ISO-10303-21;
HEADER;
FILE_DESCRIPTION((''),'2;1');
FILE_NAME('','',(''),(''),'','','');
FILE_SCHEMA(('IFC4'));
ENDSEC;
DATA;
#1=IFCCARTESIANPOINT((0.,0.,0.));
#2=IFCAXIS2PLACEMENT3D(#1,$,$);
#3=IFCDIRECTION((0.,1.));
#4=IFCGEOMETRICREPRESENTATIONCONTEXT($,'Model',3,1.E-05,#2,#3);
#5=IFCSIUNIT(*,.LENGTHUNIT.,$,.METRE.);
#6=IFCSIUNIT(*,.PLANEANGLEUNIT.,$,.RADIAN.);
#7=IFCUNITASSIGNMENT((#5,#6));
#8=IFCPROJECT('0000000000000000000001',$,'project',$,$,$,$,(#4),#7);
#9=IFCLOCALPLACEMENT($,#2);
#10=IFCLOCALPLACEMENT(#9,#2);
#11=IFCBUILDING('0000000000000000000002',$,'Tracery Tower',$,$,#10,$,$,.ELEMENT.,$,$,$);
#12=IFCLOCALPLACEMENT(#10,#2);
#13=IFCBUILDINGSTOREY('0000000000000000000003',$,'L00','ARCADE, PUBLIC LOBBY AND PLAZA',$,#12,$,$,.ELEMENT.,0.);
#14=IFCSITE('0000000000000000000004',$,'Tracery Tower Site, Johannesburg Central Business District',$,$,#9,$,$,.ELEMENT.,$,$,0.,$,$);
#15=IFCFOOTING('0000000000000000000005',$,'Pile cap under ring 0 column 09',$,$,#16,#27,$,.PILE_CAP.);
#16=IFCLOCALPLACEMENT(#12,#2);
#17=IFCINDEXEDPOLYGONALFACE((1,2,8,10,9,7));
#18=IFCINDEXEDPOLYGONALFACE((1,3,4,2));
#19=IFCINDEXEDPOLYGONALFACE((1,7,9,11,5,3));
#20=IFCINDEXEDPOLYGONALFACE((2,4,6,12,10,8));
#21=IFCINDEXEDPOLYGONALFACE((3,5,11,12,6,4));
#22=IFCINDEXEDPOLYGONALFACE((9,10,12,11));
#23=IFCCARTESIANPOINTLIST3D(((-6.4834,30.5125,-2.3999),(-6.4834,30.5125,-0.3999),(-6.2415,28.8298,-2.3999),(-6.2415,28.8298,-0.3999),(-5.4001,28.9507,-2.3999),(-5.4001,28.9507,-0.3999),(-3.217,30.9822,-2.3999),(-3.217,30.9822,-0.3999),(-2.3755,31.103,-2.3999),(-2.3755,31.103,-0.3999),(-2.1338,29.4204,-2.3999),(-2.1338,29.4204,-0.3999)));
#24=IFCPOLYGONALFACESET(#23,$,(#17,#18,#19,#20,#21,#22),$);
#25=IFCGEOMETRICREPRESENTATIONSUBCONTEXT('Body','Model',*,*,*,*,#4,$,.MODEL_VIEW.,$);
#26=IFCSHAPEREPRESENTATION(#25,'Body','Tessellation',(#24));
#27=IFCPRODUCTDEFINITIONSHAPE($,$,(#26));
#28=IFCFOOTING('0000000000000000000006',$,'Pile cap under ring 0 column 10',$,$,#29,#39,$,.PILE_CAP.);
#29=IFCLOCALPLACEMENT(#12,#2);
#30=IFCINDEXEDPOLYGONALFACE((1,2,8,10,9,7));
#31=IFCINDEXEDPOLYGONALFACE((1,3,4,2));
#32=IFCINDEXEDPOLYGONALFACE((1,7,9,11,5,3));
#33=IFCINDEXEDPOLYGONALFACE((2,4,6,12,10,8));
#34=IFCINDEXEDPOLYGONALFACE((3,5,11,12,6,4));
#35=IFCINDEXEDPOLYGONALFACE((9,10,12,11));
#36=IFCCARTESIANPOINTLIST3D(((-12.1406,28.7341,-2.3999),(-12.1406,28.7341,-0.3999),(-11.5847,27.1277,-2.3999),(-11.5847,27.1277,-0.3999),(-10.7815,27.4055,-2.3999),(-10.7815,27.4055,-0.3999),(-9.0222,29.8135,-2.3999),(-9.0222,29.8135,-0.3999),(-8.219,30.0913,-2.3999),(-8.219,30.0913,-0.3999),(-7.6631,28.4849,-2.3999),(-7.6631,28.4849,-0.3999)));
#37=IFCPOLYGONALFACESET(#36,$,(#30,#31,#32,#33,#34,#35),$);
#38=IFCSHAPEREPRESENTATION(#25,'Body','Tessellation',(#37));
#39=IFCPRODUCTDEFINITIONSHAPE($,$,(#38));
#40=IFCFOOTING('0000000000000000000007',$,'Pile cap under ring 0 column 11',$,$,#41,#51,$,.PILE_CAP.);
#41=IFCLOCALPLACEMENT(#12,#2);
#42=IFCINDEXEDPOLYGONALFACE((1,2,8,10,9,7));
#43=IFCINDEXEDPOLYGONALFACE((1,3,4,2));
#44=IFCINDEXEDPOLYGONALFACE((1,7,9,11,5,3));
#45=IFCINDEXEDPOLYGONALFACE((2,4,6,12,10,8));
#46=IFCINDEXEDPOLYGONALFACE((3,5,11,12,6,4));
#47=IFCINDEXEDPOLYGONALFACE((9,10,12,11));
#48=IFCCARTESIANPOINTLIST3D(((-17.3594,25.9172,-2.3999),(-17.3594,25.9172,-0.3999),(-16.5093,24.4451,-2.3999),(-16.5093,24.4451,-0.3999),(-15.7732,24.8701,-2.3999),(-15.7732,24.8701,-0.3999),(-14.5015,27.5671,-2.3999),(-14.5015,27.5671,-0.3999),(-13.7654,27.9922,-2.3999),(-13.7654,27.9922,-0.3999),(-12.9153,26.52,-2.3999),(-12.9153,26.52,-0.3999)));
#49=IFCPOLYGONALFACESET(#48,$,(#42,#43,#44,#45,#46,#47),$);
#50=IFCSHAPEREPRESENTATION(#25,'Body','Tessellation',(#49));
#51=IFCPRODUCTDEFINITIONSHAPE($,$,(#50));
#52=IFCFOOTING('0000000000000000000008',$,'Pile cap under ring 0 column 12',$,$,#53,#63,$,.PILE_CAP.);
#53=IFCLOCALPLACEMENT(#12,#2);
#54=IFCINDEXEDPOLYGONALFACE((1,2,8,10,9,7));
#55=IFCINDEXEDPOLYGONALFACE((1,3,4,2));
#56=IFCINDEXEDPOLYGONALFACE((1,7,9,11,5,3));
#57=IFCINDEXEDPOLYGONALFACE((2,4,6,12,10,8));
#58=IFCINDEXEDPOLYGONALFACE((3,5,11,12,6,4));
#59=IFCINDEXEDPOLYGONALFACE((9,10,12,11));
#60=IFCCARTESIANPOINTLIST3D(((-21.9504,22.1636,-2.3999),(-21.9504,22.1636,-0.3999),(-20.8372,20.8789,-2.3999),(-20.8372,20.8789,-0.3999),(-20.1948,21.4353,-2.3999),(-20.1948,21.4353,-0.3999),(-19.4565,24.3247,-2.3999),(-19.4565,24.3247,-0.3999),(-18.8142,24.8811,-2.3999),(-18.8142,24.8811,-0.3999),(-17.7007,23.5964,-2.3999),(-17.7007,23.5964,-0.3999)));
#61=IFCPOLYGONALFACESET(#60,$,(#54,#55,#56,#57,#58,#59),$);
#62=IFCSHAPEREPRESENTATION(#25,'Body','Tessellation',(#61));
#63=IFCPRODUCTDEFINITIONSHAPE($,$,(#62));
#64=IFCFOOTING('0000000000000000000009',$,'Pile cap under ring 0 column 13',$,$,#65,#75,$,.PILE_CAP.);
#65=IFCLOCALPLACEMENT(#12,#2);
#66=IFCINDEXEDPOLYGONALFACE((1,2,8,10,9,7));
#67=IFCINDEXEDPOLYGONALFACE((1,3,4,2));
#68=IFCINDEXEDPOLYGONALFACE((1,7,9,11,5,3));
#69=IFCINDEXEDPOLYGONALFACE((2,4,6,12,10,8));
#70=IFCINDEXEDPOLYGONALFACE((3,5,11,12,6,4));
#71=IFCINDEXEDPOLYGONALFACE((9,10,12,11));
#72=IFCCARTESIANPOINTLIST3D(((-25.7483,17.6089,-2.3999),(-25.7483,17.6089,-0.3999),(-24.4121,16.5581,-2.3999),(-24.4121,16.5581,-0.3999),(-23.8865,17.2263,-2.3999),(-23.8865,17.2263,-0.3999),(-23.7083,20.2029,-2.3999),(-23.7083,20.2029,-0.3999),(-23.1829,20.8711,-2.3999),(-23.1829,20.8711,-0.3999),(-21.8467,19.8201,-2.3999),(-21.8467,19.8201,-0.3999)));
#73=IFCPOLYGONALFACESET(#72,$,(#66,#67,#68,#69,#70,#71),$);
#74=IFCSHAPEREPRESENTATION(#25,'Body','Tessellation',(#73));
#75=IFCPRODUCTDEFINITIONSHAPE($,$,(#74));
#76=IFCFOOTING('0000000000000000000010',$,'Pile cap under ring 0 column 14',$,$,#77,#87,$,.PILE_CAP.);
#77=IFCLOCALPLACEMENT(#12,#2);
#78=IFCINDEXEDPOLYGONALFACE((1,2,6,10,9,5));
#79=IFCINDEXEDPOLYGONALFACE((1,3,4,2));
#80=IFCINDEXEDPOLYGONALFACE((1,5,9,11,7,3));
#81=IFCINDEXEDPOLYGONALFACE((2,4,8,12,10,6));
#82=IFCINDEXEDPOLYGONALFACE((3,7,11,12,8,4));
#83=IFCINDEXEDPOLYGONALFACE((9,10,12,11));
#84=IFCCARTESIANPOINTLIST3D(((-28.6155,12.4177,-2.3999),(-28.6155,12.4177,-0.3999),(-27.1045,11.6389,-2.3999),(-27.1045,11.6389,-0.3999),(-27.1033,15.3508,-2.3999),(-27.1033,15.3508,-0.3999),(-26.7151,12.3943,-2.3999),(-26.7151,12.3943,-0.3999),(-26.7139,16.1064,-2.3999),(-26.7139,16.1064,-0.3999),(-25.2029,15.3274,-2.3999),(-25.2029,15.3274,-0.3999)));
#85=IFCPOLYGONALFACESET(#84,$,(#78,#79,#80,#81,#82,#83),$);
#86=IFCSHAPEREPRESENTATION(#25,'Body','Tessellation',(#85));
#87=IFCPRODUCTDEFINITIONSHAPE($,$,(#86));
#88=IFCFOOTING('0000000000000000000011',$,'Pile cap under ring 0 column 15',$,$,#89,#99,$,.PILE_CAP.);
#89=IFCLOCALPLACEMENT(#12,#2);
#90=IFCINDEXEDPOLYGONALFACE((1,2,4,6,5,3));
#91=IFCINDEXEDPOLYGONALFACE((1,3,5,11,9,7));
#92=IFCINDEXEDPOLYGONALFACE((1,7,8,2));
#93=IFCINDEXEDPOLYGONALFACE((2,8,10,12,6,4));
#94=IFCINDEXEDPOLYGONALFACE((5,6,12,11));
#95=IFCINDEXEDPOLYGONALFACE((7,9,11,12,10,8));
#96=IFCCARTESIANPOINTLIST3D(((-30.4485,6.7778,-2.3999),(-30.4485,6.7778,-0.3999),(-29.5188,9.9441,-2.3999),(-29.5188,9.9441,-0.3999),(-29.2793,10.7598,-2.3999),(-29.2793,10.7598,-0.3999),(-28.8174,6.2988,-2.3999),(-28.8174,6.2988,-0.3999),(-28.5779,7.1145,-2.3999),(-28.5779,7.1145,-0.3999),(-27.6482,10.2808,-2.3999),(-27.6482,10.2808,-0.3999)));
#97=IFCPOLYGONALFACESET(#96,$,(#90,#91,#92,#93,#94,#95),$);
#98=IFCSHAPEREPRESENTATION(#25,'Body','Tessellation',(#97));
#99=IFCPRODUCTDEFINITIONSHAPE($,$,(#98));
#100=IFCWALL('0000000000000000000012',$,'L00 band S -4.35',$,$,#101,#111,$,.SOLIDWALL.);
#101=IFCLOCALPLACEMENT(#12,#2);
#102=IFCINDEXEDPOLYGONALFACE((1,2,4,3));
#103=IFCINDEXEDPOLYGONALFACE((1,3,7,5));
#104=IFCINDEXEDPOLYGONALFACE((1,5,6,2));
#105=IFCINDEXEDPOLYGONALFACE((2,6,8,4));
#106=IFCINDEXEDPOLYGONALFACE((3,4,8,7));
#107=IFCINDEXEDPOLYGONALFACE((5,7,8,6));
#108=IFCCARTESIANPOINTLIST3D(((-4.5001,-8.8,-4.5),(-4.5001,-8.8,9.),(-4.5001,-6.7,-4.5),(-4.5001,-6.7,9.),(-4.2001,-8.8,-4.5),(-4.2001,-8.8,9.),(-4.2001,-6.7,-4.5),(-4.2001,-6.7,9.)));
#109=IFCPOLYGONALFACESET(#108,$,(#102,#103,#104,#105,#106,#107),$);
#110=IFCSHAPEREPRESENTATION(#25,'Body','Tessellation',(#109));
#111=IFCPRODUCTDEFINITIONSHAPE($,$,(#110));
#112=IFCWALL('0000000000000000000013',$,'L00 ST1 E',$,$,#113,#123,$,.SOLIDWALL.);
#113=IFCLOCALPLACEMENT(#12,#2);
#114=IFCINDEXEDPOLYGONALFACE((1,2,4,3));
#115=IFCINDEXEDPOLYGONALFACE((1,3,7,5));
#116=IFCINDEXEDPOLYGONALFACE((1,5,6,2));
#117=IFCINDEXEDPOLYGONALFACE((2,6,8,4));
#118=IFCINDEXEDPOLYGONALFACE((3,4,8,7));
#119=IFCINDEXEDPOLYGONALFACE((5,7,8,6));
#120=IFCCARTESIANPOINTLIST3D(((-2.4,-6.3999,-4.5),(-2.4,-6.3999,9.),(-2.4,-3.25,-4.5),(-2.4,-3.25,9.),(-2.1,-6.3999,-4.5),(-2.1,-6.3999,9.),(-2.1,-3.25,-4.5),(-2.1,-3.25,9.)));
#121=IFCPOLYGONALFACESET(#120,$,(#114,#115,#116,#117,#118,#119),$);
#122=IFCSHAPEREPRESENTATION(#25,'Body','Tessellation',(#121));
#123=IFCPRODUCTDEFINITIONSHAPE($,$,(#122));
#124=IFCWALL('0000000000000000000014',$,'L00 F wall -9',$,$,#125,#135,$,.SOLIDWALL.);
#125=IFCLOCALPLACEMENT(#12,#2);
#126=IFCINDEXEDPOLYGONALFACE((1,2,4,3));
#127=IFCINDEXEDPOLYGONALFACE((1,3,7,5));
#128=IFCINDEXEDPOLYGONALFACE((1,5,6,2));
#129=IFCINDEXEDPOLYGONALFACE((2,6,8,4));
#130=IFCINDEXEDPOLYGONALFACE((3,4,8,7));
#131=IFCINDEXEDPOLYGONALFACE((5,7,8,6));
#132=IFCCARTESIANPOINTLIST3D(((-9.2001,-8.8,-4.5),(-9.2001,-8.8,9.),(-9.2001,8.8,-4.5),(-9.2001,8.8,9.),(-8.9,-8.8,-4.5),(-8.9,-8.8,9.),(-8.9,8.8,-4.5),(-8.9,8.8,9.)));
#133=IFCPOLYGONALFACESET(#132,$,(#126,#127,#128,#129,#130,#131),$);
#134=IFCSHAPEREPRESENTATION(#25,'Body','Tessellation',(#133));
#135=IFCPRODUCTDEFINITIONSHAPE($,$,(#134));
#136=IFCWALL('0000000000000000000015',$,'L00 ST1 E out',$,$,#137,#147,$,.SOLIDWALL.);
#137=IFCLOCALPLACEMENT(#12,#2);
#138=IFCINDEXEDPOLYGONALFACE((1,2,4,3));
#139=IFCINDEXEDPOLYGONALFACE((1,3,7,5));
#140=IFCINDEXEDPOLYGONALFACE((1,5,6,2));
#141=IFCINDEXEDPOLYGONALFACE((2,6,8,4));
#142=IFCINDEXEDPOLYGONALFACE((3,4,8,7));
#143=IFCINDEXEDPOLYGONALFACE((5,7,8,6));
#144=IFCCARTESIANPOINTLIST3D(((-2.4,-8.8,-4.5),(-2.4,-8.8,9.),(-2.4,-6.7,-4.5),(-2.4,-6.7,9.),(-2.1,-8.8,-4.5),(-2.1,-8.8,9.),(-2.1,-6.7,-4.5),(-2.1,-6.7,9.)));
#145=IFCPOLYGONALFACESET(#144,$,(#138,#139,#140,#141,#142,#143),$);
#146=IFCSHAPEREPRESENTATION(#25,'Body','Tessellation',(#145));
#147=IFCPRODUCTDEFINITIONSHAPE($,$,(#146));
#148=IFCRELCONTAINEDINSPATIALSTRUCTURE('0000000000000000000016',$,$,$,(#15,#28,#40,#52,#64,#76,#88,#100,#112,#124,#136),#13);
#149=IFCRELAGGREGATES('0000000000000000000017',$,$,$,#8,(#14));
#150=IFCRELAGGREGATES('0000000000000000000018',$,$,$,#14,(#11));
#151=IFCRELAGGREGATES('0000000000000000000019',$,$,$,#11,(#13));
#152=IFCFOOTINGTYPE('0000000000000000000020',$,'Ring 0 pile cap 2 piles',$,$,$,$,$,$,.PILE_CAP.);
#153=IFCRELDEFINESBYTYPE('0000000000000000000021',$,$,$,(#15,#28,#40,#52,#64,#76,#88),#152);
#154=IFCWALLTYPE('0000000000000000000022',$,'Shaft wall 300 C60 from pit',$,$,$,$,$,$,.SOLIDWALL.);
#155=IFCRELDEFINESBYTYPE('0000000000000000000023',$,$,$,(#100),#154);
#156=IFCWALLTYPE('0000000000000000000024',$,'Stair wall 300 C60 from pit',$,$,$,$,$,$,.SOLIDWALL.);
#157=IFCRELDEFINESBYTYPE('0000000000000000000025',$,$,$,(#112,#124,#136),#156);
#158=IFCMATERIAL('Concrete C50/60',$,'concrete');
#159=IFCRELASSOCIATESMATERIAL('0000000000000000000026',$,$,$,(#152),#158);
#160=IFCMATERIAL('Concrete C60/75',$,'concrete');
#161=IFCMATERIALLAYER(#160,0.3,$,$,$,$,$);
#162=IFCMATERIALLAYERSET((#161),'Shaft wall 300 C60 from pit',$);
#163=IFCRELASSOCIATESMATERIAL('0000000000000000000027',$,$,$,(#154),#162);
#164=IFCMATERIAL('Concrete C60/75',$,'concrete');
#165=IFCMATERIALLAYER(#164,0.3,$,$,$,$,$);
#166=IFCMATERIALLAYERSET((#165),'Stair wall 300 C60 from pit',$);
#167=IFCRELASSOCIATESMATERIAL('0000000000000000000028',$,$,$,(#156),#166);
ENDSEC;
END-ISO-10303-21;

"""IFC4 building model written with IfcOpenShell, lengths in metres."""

from ifc_helpers import new_model, si_unit, direction, frame, frame_2d, origin, place, context, subcontext, project, spatial, polyline, rectangle, outline, extrude, material, layer, layer_set, type_object, element, save


model = new_model("IFC4")

# Units and contexts
model_context = context("Model", 3, precision=1e-05, world=origin(), true_north=direction((0.0, 1.0)))
body_context = subcontext(model_context, "Body", "Model", "MODEL_VIEW")
ifc_project = project(units=[si_unit("LENGTHUNIT", "METRE"), si_unit("PLANEANGLEUNIT", "RADIAN")], contexts=[model_context])

# Site, building, storey
site_placement = place(None, origin())
site = spatial("IfcSite", under=ifc_project, at=site_placement, Name="Tracery Tower Site, Johannesburg Central Business District", CompositionType="ELEMENT", RefElevation=0.0)
building_placement = place(site_placement, origin())
building = spatial("IfcBuilding", under=site, at=building_placement, Name="Tracery Tower", CompositionType="ELEMENT")
storey_placement = place(building_placement, origin())
storey = spatial("IfcBuildingStorey", under=building, at=storey_placement, Name="L00", Description="ARCADE, PUBLIC LOBBY AND PLAZA", CompositionType="ELEMENT", Elevation=0.0)

# Footings
ifc_material_1 = material(Name="Concrete C50/60", Category="concrete")
footing_type = type_object("IfcFootingType", Name="Ring 0 pile cap 2 piles", PredefinedType="PILE_CAP", material=ifc_material_1)
footing_1_placement = place(storey_placement, frame((0.0, 0.0, -2.3999)))
element("IfcFooting", 1, at=footing_1_placement, inside=storey, type_object=footing_type, Name="Pile cap under ring 0 column 09", PredefinedType="PILE_CAP", context=body_context, shape_type="SweptSolid", body=[
    extrude(outline(polyline([(-2.1338, 29.4204), (-2.3755, 31.103), (-3.217, 30.9822), (-6.4834, 30.5125), (-6.2415, 28.8298), (-5.4001, 28.9507), (-2.1338, 29.4204)])), origin(), (0.0, 0.0, 1.0), 2.0),
])
footing_2_placement = place(storey_placement, frame((0.0, 0.0, -2.3999)))
element("IfcFooting", 2, at=footing_2_placement, inside=storey, type_object=footing_type, Name="Pile cap under ring 0 column 10", PredefinedType="PILE_CAP", context=body_context, shape_type="SweptSolid", body=[
    extrude(outline(polyline([(-7.6631, 28.4849), (-8.219, 30.0913), (-9.0222, 29.8135), (-12.1406, 28.7341), (-11.5847, 27.1277), (-10.7815, 27.4055), (-7.6631, 28.4849)])), origin(), (0.0, 0.0, 1.0), 2.0),
])
footing_3_placement = place(storey_placement, frame((0.0, 0.0, -2.3999)))
element("IfcFooting", 3, at=footing_3_placement, inside=storey, type_object=footing_type, Name="Pile cap under ring 0 column 11", PredefinedType="PILE_CAP", context=body_context, shape_type="SweptSolid", body=[
    extrude(outline(polyline([(-12.9153, 26.52), (-13.7654, 27.9922), (-14.5015, 27.5671), (-17.3594, 25.9172), (-16.5093, 24.4451), (-15.7732, 24.8701), (-12.9153, 26.52)])), origin(), (0.0, 0.0, 1.0), 2.0),
])
footing_4_placement = place(storey_placement, frame((0.0, 0.0, -2.3999)))
element("IfcFooting", 4, at=footing_4_placement, inside=storey, type_object=footing_type, Name="Pile cap under ring 0 column 12", PredefinedType="PILE_CAP", context=body_context, shape_type="SweptSolid", body=[
    extrude(outline(polyline([(-17.7007, 23.5964), (-18.8142, 24.8811), (-19.4565, 24.3247), (-21.9504, 22.1636), (-20.8372, 20.8789), (-20.1948, 21.4353), (-17.7007, 23.5964)])), origin(), (0.0, 0.0, 1.0), 2.0),
])
footing_5_placement = place(storey_placement, frame((0.0, 0.0, -2.3999)))
element("IfcFooting", 5, at=footing_5_placement, inside=storey, type_object=footing_type, Name="Pile cap under ring 0 column 13", PredefinedType="PILE_CAP", context=body_context, shape_type="SweptSolid", body=[
    extrude(outline(polyline([(-21.8467, 19.8201), (-23.1829, 20.8711), (-23.7083, 20.2029), (-25.7483, 17.6089), (-24.4121, 16.5581), (-23.8865, 17.2263), (-21.8467, 19.8201)])), origin(), (0.0, 0.0, 1.0), 2.0),
])
footing_6_placement = place(storey_placement, frame((0.0, 0.0, -2.3999)))
element("IfcFooting", 6, at=footing_6_placement, inside=storey, type_object=footing_type, Name="Pile cap under ring 0 column 14", PredefinedType="PILE_CAP", context=body_context, shape_type="SweptSolid", body=[
    extrude(outline(polyline([(-25.2029, 15.3274), (-26.7139, 16.1064), (-27.1033, 15.3508), (-28.6155, 12.4177), (-27.1045, 11.6389), (-26.7151, 12.3943), (-25.2029, 15.3274)])), origin(), (0.0, 0.0, 1.0), 2.0),
])
footing_7_placement = place(storey_placement, frame((0.0, 0.0, -2.3999)))
element("IfcFooting", 7, at=footing_7_placement, inside=storey, type_object=footing_type, Name="Pile cap under ring 0 column 15", PredefinedType="PILE_CAP", context=body_context, shape_type="SweptSolid", body=[
    extrude(outline(polyline([(-27.6482, 10.2808), (-29.2793, 10.7598), (-29.5188, 9.9441), (-30.4485, 6.7778), (-28.8174, 6.2988), (-28.5779, 7.1145), (-27.6482, 10.2808)])), origin(), (0.0, 0.0, 1.0), 2.0),
])

# Shared definitions
ifc_material_2 = material(Name="Concrete C60/75", Category="concrete")
ifc_layer_1 = layer(ifc_material_2, 0.3)
ifc_layer_set_1 = layer_set([ifc_layer_1], Name="Shaft wall 300 C60 from pit")
wall_type_1 = type_object("IfcWallType", Name="Shaft wall 300 C60 from pit", PredefinedType="SOLIDWALL", material=ifc_layer_set_1)

# Wall
wall_1_placement = place(storey_placement, frame((-4.3501, -8.8, -4.5), z_axis=(0.0, 0.0, 1.0), x_axis=(0.0, 1.0, 0.0)))
element("IfcWall", 8, at=wall_1_placement, inside=storey, type_object=wall_type_1, Name="L00 band S -4.35", PredefinedType="SOLIDWALL", context=body_context, shape_type="SweptSolid", body=[
    extrude(rectangle(XDim=2.1001, YDim=0.3, at=frame_2d((1.05, 0.0))), origin(), (0.0, 0.0, 1.0), 13.5),
])

# Shared definitions
ifc_material_3 = material(Name="Concrete C60/75", Category="concrete")
ifc_layer_2 = layer(ifc_material_3, 0.3)
ifc_layer_set_2 = layer_set([ifc_layer_2], Name="Stair wall 300 C60 from pit")
wall_type_2 = type_object("IfcWallType", Name="Stair wall 300 C60 from pit", PredefinedType="SOLIDWALL", material=ifc_layer_set_2)

# Walls
wall_2_placement = place(storey_placement, frame((-2.25, -6.3999, -4.5), z_axis=(0.0, 0.0, 1.0), x_axis=(0.0, 1.0, 0.0)))
element("IfcWall", 9, at=wall_2_placement, inside=storey, type_object=wall_type_2, Name="L00 ST1 E", PredefinedType="SOLIDWALL", context=body_context, shape_type="SweptSolid", body=[
    extrude(rectangle(XDim=3.1499, YDim=0.3, at=frame_2d((1.575, 0.0))), origin(), (0.0, 0.0, 1.0), 13.5),
])
wall_3_placement = place(storey_placement, frame((-9.05, -8.8, -4.5), z_axis=(0.0, 0.0, 1.0), x_axis=(0.0, 1.0, 0.0)))
element("IfcWall", 10, at=wall_3_placement, inside=storey, type_object=wall_type_2, Name="L00 F wall -9", PredefinedType="SOLIDWALL", context=body_context, shape_type="SweptSolid", body=[
    extrude(rectangle(XDim=17.6001, YDim=0.3, at=frame_2d((8.8, 0.0))), origin(), (0.0, 0.0, 1.0), 13.5),
])

# Wall
wall_4_placement = place(storey_placement, frame((-2.25, -8.8, -4.5), z_axis=(0.0, 0.0, 1.0), x_axis=(0.0, 1.0, 0.0)))
element("IfcWall", 11, at=wall_4_placement, inside=storey, type_object=wall_type_2, Name="L00 ST1 E out", PredefinedType="SOLIDWALL", context=body_context, shape_type="SweptSolid", body=[
    extrude(rectangle(XDim=2.1001, YDim=0.3, at=frame_2d((1.05, 0.0))), origin(), (0.0, 0.0, 1.0), 13.5),
])

save(model, "model.ifc")
